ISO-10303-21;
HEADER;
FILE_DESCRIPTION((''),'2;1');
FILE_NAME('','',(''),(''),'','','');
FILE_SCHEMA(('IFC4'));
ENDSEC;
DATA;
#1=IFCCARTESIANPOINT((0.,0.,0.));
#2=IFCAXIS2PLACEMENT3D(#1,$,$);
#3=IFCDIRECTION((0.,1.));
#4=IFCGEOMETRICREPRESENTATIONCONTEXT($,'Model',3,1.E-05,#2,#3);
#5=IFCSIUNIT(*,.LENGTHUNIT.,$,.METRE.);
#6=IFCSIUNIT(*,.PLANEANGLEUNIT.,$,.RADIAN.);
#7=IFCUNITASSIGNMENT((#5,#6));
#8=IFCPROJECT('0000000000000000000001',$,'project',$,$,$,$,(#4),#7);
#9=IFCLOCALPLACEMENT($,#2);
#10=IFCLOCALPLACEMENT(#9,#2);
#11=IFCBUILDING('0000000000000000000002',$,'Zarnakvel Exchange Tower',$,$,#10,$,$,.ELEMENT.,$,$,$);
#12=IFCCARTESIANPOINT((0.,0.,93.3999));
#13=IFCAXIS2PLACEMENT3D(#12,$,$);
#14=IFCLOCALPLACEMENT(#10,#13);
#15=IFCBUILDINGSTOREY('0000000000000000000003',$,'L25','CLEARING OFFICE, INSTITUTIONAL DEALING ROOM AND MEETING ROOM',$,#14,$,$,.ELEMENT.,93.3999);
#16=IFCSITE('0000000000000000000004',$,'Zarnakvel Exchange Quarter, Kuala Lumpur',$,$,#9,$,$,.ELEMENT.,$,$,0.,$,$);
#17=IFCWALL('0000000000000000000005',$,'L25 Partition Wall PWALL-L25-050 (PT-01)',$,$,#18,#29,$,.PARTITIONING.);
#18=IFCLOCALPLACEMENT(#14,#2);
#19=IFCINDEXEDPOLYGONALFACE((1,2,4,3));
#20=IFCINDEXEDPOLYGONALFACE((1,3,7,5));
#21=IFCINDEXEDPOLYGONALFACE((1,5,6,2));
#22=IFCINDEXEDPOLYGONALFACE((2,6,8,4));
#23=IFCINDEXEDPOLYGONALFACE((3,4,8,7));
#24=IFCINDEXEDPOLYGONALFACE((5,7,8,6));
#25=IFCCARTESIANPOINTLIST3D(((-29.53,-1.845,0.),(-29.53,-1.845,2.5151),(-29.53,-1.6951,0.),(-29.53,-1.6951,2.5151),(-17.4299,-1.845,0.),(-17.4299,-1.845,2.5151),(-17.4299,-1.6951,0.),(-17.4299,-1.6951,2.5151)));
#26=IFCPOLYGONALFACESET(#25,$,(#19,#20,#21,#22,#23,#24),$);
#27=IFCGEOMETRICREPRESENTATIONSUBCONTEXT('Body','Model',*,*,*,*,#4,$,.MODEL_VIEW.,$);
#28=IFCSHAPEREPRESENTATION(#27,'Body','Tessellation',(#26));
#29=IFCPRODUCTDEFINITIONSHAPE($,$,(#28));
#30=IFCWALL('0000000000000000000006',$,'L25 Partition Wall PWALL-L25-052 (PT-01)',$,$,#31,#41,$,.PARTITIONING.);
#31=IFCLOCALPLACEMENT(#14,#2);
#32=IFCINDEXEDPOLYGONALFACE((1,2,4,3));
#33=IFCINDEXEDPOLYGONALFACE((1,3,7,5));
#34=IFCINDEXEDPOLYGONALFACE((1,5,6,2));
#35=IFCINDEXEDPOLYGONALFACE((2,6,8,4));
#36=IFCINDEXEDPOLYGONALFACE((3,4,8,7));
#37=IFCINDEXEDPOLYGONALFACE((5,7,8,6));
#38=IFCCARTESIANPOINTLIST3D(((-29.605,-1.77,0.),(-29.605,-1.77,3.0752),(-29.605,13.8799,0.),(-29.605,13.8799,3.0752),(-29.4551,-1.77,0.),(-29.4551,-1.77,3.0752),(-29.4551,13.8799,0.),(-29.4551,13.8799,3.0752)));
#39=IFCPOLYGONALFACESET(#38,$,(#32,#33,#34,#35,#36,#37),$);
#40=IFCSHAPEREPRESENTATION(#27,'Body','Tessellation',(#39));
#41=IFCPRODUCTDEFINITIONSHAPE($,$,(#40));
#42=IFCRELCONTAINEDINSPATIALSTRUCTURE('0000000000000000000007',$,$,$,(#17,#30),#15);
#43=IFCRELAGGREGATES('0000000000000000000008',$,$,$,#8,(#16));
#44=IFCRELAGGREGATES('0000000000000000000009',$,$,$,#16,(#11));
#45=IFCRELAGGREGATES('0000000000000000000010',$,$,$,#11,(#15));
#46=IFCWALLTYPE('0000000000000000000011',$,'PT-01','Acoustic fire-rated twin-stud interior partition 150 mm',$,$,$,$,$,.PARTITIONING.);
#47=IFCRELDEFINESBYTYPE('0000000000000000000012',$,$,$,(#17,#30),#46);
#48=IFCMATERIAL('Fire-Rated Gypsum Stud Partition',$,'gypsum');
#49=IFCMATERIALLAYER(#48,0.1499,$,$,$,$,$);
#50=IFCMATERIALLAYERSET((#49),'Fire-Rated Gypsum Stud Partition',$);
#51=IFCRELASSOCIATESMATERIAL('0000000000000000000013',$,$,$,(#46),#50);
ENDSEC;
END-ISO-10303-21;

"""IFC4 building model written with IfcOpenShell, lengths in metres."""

from ifc_helpers import new_model, si_unit, direction, frame, frame_2d, origin, place, context, subcontext, project, spatial, rectangle, extrude, material, layer, layer_set, type_object, element, save


model = new_model("IFC4")

# Units and contexts
model_context = context("Model", 3, precision=1e-05, world=origin(), true_north=direction((0.0, 1.0)))
body_context = subcontext(model_context, "Body", "Model", "MODEL_VIEW")
ifc_project = project(units=[si_unit("LENGTHUNIT", "METRE"), si_unit("PLANEANGLEUNIT", "RADIAN")], contexts=[model_context])

# Site, building, storey
site_placement = place(None, origin())
site = spatial("IfcSite", under=ifc_project, at=site_placement, Name="Zarnakvel Exchange Quarter, Kuala Lumpur", CompositionType="ELEMENT", RefElevation=0.0)
building_placement = place(site_placement, origin())
building = spatial("IfcBuilding", under=site, at=building_placement, Name="Zarnakvel Exchange Tower", CompositionType="ELEMENT")
storey_placement = place(building_placement, frame((0.0, 0.0, 93.3999)))
storey = spatial("IfcBuildingStorey", under=building, at=storey_placement, Name="L25", Description="CLEARING OFFICE, INSTITUTIONAL DEALING ROOM AND MEETING ROOM", CompositionType="ELEMENT", Elevation=93.3999)

# Shared definitions
ifc_material_1 = material(Name="Fire-Rated Gypsum Stud Partition", Category="gypsum")
ifc_layer_1 = layer(ifc_material_1, 0.1499)
ifc_layer_set_1 = layer_set([ifc_layer_1], Name="Fire-Rated Gypsum Stud Partition")
wall_type = type_object("IfcWallType", Name="PT-01", Description="Acoustic fire-rated twin-stud interior partition 150 mm", PredefinedType="PARTITIONING", material=ifc_layer_set_1)

# Walls
wall_1_placement = place(storey_placement, frame((-17.4299, -1.77, 0.0), z_axis=(0.0, 0.0, 1.0), x_axis=(-1.0, 0.0, 0.0)))
element("IfcWall", 1, at=wall_1_placement, inside=storey, type_object=wall_type, Name="L25 Partition Wall PWALL-L25-050 (PT-01)", PredefinedType="PARTITIONING", context=body_context, shape_type="SweptSolid", body=[
    extrude(rectangle(XDim=12.1001, YDim=0.1499, at=frame_2d((6.05, 0.0))), origin(), (0.0, 0.0, 1.0), 2.5151),
])
wall_2_placement = place(storey_placement, frame((-29.53, -1.77, 0.0), z_axis=(0.0, 0.0, 1.0), x_axis=(0.0, 1.0, 0.0)))
element("IfcWall", 2, at=wall_2_placement, inside=storey, type_object=wall_type, Name="L25 Partition Wall PWALL-L25-052 (PT-01)", PredefinedType="PARTITIONING", context=body_context, shape_type="SweptSolid", body=[
    extrude(rectangle(XDim=15.6499, YDim=0.1499, at=frame_2d((7.825, 0.0))), origin(), (0.0, 0.0, 1.0), 3.0752),
])

save(model, "model.ifc")
